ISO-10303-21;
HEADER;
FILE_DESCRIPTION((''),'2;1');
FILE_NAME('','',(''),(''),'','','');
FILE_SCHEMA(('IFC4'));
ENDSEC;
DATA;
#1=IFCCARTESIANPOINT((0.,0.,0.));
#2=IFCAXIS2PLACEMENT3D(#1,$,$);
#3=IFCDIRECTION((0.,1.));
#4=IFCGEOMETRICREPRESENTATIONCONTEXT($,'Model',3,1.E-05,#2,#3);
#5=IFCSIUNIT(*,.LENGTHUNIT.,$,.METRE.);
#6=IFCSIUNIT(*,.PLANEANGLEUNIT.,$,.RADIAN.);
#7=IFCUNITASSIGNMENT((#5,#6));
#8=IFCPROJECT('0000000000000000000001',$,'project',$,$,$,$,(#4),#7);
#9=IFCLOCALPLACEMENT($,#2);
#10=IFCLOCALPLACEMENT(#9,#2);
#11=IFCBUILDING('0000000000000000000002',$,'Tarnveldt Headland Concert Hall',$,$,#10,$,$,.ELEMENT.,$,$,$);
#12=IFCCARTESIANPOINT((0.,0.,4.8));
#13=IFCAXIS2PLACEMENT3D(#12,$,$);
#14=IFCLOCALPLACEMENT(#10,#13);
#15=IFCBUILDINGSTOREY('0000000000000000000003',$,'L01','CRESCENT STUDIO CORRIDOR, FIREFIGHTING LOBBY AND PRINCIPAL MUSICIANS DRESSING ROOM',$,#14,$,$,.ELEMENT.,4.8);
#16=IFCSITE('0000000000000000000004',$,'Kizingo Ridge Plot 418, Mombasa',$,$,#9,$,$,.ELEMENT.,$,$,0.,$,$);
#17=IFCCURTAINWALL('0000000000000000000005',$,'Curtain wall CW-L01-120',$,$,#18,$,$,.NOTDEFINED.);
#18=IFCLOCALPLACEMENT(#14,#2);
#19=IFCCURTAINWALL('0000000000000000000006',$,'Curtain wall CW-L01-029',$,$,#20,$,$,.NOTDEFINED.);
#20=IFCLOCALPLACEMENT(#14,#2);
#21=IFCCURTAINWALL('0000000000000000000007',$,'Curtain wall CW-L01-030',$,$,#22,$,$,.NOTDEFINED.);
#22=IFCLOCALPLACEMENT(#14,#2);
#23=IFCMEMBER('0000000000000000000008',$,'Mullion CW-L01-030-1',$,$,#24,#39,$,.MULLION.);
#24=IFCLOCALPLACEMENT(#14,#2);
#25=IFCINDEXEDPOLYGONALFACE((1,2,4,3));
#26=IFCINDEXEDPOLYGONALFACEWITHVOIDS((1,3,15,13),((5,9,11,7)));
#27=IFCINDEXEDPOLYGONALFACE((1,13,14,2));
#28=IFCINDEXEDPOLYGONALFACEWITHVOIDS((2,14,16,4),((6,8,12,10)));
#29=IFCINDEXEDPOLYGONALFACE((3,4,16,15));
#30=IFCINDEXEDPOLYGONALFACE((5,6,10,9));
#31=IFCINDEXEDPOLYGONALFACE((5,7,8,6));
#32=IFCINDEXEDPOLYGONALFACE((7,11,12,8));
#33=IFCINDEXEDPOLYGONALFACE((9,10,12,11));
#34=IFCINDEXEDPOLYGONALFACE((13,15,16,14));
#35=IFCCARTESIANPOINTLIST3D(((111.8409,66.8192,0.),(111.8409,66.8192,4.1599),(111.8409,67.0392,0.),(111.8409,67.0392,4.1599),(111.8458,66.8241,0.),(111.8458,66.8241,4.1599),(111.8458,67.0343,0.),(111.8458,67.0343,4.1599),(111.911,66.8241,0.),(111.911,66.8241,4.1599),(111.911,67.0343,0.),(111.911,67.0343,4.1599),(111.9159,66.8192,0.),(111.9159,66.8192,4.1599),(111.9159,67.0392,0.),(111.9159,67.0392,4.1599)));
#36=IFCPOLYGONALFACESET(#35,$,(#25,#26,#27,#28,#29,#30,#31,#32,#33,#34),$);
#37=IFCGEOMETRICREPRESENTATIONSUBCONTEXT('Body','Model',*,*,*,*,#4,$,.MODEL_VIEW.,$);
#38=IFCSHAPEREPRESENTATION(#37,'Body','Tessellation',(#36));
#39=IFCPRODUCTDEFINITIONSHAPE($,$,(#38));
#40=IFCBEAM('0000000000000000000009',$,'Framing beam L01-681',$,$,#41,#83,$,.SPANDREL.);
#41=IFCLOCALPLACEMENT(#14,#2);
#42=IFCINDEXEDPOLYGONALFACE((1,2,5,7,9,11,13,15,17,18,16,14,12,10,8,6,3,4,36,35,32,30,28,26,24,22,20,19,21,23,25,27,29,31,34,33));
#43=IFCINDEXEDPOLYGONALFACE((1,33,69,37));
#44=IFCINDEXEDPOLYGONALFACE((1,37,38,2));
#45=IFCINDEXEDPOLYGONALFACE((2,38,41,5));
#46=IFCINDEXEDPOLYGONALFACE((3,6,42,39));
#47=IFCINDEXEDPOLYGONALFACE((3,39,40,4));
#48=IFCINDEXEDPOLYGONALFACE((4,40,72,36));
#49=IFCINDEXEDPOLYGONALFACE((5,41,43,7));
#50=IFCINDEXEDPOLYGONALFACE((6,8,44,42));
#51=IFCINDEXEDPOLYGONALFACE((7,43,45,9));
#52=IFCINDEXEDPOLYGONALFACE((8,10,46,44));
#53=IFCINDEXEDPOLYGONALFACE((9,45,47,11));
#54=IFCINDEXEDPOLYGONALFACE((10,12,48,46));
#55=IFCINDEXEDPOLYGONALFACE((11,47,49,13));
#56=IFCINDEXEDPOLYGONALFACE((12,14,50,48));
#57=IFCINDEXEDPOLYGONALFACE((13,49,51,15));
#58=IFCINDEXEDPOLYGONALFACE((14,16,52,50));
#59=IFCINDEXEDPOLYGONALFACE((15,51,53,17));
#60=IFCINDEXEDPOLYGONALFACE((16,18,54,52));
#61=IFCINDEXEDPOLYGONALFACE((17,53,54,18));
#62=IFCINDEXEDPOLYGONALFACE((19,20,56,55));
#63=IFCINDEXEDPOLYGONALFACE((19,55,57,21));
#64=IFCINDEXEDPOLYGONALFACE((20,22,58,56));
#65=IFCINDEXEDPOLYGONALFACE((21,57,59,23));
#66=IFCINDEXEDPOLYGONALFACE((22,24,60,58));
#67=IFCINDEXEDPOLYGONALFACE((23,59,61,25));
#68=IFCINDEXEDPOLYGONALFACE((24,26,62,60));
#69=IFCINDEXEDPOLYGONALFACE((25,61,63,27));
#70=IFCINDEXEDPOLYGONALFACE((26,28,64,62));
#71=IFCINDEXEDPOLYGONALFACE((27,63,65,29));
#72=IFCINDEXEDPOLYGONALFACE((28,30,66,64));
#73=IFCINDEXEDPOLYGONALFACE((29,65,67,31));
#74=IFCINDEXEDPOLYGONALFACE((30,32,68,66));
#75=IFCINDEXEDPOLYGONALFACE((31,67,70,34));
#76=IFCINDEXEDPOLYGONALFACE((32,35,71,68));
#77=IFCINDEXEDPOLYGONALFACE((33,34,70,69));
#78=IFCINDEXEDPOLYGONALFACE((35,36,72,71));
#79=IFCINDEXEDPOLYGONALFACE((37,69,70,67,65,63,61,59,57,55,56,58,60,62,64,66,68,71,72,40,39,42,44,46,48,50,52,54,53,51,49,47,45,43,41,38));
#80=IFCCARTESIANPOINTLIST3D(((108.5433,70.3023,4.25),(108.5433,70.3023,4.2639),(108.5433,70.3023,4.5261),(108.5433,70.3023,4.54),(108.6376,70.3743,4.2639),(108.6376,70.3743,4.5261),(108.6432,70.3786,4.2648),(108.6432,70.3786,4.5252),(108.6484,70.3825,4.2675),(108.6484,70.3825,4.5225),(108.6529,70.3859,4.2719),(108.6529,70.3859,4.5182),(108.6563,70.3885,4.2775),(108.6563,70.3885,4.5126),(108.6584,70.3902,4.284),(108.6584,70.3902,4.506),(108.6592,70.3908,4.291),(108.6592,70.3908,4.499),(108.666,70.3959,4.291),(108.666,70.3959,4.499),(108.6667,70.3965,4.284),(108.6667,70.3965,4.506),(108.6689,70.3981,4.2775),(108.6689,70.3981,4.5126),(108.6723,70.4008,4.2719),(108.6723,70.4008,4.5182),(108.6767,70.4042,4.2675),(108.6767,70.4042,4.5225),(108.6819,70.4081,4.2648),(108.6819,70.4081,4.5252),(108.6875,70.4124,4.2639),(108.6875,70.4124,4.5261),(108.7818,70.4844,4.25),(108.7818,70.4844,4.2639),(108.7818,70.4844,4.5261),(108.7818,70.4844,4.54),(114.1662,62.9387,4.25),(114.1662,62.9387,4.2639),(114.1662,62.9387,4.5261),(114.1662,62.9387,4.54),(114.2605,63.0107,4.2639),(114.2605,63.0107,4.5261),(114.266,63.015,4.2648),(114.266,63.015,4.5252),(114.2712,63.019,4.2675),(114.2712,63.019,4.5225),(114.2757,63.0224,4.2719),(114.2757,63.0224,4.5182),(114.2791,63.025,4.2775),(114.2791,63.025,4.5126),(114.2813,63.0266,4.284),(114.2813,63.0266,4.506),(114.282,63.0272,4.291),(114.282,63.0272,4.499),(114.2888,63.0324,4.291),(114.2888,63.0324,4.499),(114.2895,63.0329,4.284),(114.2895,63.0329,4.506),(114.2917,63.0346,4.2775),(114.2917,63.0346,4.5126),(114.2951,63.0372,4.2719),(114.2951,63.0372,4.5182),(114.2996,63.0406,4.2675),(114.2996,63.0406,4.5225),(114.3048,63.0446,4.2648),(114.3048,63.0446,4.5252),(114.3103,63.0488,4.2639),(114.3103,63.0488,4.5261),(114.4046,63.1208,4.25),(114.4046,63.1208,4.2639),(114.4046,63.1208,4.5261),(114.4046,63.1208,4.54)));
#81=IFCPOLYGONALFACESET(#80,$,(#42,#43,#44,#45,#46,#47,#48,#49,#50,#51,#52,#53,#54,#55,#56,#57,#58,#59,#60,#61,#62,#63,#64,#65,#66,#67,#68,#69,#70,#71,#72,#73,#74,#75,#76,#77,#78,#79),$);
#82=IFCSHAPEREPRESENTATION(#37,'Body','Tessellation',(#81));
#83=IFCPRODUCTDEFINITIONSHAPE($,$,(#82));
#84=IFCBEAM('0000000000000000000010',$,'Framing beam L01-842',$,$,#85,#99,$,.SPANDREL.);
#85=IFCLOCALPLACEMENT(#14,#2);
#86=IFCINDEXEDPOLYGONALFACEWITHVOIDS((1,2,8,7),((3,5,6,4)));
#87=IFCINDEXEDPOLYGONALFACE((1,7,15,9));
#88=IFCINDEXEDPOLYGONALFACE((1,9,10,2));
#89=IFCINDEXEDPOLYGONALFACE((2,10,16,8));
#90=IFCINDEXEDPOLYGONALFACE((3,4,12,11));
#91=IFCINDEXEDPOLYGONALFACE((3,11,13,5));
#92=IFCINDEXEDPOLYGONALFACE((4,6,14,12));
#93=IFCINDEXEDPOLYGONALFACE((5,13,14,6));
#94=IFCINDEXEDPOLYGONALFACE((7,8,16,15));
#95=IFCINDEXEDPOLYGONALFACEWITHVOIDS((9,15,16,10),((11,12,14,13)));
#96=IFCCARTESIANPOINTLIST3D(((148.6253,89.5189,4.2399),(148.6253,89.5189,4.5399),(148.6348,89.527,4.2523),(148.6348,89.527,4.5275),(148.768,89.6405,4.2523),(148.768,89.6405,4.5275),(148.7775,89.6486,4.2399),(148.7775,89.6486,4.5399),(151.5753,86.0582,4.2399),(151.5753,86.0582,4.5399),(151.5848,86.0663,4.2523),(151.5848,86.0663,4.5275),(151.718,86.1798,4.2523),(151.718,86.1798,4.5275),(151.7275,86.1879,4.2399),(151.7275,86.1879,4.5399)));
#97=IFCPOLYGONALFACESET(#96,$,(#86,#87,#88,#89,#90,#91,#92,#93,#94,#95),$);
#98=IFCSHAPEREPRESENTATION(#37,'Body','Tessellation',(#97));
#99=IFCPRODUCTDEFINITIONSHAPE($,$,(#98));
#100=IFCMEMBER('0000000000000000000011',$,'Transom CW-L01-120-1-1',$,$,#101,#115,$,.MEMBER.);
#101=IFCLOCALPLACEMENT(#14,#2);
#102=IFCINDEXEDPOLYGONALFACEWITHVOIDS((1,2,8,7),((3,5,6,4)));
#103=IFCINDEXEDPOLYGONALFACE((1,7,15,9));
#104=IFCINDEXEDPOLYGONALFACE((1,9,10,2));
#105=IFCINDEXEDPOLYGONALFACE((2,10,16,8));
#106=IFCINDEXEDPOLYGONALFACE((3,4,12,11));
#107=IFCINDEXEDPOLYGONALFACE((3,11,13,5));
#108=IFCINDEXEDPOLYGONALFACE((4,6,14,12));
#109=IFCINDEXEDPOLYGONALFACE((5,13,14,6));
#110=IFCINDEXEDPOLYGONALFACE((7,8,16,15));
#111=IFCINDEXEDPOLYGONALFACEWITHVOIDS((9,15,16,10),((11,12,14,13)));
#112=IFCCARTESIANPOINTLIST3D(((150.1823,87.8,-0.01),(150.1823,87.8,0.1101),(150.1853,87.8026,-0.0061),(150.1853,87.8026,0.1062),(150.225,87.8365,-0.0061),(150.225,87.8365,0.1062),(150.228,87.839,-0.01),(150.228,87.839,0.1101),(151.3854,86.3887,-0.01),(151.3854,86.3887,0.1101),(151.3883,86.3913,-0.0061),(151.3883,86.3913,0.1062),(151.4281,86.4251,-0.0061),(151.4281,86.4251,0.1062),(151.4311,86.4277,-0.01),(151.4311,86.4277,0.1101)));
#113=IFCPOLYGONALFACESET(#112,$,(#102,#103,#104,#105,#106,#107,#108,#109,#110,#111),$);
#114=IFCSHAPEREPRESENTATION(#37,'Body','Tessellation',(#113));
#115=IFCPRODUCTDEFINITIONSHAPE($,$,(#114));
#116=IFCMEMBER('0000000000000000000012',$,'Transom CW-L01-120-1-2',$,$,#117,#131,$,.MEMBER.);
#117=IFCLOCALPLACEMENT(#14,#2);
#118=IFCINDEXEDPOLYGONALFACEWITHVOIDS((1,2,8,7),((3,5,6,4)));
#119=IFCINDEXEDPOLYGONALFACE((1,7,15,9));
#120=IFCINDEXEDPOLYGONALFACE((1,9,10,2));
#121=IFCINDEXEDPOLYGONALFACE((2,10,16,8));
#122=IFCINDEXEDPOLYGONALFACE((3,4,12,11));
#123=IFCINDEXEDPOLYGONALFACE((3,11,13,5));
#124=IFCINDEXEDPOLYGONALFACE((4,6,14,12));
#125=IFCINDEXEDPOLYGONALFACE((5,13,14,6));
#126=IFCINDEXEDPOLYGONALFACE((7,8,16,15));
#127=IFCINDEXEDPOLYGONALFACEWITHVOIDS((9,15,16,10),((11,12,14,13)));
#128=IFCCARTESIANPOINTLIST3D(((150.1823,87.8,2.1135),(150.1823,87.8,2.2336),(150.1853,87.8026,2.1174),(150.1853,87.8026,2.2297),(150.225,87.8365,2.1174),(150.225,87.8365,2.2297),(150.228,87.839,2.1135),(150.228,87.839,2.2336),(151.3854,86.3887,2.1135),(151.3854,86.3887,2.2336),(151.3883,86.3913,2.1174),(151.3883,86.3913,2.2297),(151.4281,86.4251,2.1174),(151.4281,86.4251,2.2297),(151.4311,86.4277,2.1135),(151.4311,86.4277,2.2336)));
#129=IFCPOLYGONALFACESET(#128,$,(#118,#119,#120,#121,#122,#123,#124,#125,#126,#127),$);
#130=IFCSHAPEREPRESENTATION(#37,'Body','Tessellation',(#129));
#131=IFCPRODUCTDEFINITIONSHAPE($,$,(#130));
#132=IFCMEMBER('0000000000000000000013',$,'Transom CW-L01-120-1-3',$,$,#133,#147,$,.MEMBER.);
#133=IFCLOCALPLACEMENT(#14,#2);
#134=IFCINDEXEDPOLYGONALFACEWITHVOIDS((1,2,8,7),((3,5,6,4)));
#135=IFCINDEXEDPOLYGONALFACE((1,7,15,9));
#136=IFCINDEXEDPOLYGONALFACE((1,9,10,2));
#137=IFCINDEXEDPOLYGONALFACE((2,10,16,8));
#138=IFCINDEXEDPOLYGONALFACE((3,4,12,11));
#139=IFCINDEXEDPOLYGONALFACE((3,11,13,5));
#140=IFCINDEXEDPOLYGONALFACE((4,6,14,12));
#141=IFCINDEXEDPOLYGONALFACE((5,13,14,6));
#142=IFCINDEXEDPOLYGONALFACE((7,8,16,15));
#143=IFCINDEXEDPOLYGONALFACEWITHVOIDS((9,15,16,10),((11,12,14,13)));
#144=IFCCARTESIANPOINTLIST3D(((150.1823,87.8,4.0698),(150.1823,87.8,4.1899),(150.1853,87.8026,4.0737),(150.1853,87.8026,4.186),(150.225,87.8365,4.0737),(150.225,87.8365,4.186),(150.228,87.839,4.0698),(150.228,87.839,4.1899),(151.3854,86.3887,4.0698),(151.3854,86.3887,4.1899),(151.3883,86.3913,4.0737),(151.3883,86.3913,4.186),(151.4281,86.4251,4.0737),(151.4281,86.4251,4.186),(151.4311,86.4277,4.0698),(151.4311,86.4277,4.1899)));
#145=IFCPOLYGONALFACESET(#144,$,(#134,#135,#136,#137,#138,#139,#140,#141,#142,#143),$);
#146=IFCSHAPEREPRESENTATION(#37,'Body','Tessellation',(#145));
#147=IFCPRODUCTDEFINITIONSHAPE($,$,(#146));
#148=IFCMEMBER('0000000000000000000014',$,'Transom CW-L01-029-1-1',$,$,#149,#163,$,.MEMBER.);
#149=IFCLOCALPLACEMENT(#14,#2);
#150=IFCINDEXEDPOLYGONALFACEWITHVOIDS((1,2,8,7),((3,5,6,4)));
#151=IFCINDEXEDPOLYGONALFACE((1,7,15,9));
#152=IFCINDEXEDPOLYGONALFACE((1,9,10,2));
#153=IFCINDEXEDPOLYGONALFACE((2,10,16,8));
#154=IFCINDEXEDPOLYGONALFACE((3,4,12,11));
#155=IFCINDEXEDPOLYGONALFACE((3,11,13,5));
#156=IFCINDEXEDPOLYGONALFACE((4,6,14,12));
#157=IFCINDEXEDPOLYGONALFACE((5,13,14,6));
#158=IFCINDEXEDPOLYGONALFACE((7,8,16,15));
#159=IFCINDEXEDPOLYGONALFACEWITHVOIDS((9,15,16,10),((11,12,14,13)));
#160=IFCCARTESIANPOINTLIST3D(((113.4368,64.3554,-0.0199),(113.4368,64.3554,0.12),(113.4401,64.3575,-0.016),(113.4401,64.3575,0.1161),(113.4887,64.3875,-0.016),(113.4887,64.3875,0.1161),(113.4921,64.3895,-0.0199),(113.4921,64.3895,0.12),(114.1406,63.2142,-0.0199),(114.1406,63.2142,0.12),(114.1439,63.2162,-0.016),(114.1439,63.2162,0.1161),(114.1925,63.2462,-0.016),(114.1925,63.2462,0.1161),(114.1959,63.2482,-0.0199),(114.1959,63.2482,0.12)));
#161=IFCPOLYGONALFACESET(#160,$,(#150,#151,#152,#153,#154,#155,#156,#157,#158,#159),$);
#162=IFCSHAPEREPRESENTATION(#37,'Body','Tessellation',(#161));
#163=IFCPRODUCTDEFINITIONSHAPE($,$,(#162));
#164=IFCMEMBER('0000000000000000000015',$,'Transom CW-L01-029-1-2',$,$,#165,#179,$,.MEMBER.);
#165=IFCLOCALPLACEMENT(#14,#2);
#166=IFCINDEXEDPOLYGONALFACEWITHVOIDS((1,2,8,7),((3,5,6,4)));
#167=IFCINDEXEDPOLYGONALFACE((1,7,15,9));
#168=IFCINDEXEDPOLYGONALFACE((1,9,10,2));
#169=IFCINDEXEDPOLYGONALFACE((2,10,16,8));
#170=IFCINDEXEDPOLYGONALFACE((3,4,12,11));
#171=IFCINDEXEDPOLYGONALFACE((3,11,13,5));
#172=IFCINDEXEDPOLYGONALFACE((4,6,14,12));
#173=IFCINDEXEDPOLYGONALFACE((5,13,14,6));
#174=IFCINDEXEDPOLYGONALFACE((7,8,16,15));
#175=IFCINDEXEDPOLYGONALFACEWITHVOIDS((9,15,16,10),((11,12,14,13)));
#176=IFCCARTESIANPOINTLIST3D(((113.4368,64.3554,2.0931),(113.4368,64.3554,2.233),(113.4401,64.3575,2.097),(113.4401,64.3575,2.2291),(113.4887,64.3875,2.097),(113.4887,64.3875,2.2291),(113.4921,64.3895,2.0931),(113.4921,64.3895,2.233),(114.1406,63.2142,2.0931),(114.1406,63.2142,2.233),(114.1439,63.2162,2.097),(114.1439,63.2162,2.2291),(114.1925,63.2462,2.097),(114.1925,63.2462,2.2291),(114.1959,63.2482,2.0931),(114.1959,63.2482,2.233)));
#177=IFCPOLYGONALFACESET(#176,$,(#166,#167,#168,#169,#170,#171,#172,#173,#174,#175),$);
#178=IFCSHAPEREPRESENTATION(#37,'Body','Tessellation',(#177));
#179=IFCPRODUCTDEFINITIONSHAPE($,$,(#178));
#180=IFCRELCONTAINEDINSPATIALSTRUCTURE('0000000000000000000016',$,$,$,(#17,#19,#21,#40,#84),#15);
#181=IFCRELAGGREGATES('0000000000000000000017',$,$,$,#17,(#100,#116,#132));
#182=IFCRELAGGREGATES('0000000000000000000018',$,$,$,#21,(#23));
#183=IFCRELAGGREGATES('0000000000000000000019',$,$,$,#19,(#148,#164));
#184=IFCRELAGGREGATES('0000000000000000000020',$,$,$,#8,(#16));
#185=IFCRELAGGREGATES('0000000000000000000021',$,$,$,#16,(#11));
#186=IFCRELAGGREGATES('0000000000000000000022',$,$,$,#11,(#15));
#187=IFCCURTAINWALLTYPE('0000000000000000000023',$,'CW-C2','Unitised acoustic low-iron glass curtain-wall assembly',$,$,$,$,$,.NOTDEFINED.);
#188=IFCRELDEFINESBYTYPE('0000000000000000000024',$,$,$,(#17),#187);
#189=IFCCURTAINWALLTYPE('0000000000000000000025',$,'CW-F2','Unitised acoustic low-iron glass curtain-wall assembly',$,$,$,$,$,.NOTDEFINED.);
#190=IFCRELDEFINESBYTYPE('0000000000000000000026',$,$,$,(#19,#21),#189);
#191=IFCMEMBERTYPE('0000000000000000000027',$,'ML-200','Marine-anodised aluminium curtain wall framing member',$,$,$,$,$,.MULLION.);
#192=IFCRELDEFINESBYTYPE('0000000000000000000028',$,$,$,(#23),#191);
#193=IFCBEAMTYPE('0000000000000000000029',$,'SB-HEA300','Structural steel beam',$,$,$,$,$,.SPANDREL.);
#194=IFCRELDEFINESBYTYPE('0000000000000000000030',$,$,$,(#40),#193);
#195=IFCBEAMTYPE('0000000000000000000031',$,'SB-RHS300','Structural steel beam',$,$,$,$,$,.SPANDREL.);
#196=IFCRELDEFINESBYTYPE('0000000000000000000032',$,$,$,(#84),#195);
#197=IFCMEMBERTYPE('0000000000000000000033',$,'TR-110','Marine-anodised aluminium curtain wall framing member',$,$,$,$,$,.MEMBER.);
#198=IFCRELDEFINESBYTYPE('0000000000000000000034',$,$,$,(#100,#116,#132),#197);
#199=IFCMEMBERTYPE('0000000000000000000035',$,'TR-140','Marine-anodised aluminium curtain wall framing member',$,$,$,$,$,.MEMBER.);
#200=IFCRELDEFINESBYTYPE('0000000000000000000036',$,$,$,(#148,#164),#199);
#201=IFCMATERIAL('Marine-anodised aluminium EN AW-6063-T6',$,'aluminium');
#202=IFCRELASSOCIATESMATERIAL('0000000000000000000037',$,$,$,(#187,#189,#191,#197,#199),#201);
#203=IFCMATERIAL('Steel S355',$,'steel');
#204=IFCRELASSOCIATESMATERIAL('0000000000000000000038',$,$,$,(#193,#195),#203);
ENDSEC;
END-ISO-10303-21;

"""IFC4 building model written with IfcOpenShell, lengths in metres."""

from ifc_helpers import new_model, si_unit, direction, frame, origin, origin_2d, place, context, subcontext, project, spatial, hollow_rectangle, i_section, extrude, material, material_profile, profile_set, type_object, element, aggregate, save


model = new_model("IFC4")

# Units and contexts
model_context = context("Model", 3, precision=1e-05, world=origin(), true_north=direction((0.0, 1.0)))
body_context = subcontext(model_context, "Body", "Model", "MODEL_VIEW")
ifc_project = project(units=[si_unit("LENGTHUNIT", "METRE"), si_unit("PLANEANGLEUNIT", "RADIAN")], contexts=[model_context])

# Site, building, storey
site_placement = place(None, origin())
site = spatial("IfcSite", under=ifc_project, at=site_placement, Name="Kizingo Ridge Plot 418, Mombasa", CompositionType="ELEMENT", RefElevation=0.0)
building_placement = place(site_placement, origin())
building = spatial("IfcBuilding", under=site, at=building_placement, Name="Tarnveldt Headland Concert Hall", CompositionType="ELEMENT")
storey_placement = place(building_placement, frame((0.0, 0.0, 4.8)))
storey = spatial("IfcBuildingStorey", under=building, at=storey_placement, Name="L01", Description="CRESCENT STUDIO CORRIDOR, FIREFIGHTING LOBBY AND PRINCIPAL MUSICIANS DRESSING ROOM", CompositionType="ELEMENT", Elevation=4.8)

# Shared definitions
ifc_material_1 = material(Name="Steel S355", Category="steel")

# Curtain wall
ifc_material_2 = material(Name="Marine-anodised aluminium EN AW-6063-T6", Category="aluminium")
curtain_wall_type_1 = type_object("IfcCurtainWallType", Name="CW-C2", Description="Unitised acoustic low-iron glass curtain-wall assembly", PredefinedType="NOTDEFINED", material=ifc_material_2)
curtain_wall_1_placement = place(storey_placement, origin())
curtain_wall_1 = element("IfcCurtainWall", 1, at=curtain_wall_1_placement, inside=storey, type_object=curtain_wall_type_1, Name="Curtain wall CW-L01-120", PredefinedType="NOTDEFINED")
curtain_wall_type_2 = type_object("IfcCurtainWallType", Name="CW-F2", Description="Unitised acoustic low-iron glass curtain-wall assembly", PredefinedType="NOTDEFINED", material=ifc_material_2)
ifc_material_profile_1 = material_profile(ifc_material_2, hollow_rectangle(XDim=0.075, YDim=0.22, WallThickness=0.0049, at=origin_2d()), Name="ALU MULLION 75x220x5", Category="aluminium")
ifc_profile_set_1 = profile_set([ifc_material_profile_1], Name="Marine-anodised aluminium EN AW-6063-T6")
member_type_1 = type_object("IfcMemberType", Name="ML-200", Description="Marine-anodised aluminium curtain wall framing member", PredefinedType="MULLION", material=ifc_profile_set_1)

# Curtain wall
curtain_wall_2_placement = place(storey_placement, origin())
curtain_wall_2 = element("IfcCurtainWall", 2, at=curtain_wall_2_placement, inside=storey, type_object=curtain_wall_type_2, Name="Curtain wall CW-L01-029", PredefinedType="NOTDEFINED")

# Curtain wall, member
curtain_wall_3_placement = place(storey_placement, origin())
curtain_wall_3 = element("IfcCurtainWall", 3, at=curtain_wall_3_placement, inside=storey, type_object=curtain_wall_type_2, Name="Curtain wall CW-L01-030", PredefinedType="NOTDEFINED")
member_1_placement = place(storey_placement, frame((111.8784, 66.9292, 0.0), z_axis=(0.0, 0.0, 1.0), x_axis=(1.0, 0.0, 0.0)))
member_1 = element("IfcMember", 4, at=member_1_placement, type_object=member_type_1, Name="Mullion CW-L01-030-1", PredefinedType="MULLION", context=body_context, shape_type="SweptSolid", body=[
    extrude(hollow_rectangle(XDim=0.075, YDim=0.22, WallThickness=0.0049, at=origin_2d()), origin(), (0.0, 0.0, 1.0), 4.1599),
])

# Beams
ifc_material_profile_2 = material_profile(ifc_material_1, i_section(OverallWidth=0.3, OverallDepth=0.29, WebThickness=0.0085, FlangeThickness=0.0139, FilletRadius=0.0271, at=origin_2d()), Name="HEA300", Category="steel")
ifc_profile_set_2 = profile_set([ifc_material_profile_2], Name="Steel S355")
beam_type_1 = type_object("IfcBeamType", Name="SB-HEA300", Description="Structural steel beam", PredefinedType="SPANDREL", material=ifc_profile_set_2)
beam_1_placement = place(storey_placement, frame((114.2854, 63.0298, 4.395), z_axis=(-0.606896, 0.794781, 0.0), x_axis=(-0.794781, -0.606896, 0.0)))
element("IfcBeam", 5, at=beam_1_placement, inside=storey, type_object=beam_type_1, Name="Framing beam L01-681", PredefinedType="SPANDREL", context=body_context, shape_type="SweptSolid", body=[
    extrude(i_section(OverallWidth=0.3, OverallDepth=0.29, WebThickness=0.0085, FlangeThickness=0.0139, FilletRadius=0.0271, at=origin_2d()), origin(), (0.0, 0.0, 1.0), 9.2649),
])
ifc_material_profile_3 = material_profile(ifc_material_1, hollow_rectangle(XDim=0.2, YDim=0.3, WallThickness=0.0125, at=origin_2d()), Name="RHS 300x200x12.5", Category="steel")
ifc_profile_set_3 = profile_set([ifc_material_profile_3], Name="Steel S355")
beam_type_2 = type_object("IfcBeamType", Name="SB-RHS300", Description="Structural steel beam", PredefinedType="SPANDREL", material=ifc_profile_set_3)
beam_2_placement = place(storey_placement, frame((151.6514, 86.123, 4.3899), z_axis=(-0.648715, 0.761031, 0.0), x_axis=(-0.761031, -0.648715, 0.0)))
element("IfcBeam", 6, at=beam_2_placement, inside=storey, type_object=beam_type_2, Name="Framing beam L01-842", PredefinedType="SPANDREL", context=body_context, shape_type="SweptSolid", body=[
    extrude(hollow_rectangle(XDim=0.2, YDim=0.3, WallThickness=0.0125, at=origin_2d()), origin(), (0.0, 0.0, 1.0), 4.5474),
])

# Members
ifc_material_profile_4 = material_profile(ifc_material_2, hollow_rectangle(XDim=0.0601, YDim=0.1201, WallThickness=0.0039, at=origin_2d()), Name="ALU TRANSOM 60x120x4", Category="aluminium")
ifc_profile_set_4 = profile_set([ifc_material_profile_4], Name="Marine-anodised aluminium EN AW-6063-T6")
member_type_2 = type_object("IfcMemberType", Name="TR-110", Description="Marine-anodised aluminium curtain wall framing member", PredefinedType="MEMBER", material=ifc_profile_set_4)
member_2_placement = place(storey_placement, frame((151.4082, 86.4082, 0.05), z_axis=(-0.648729, 0.761019, 0.0), x_axis=(-0.761019, -0.648729, 0.0)))
member_2 = element("IfcMember", 7, at=member_2_placement, type_object=member_type_2, Name="Transom CW-L01-120-1-1", PredefinedType="MEMBER", context=body_context, shape_type="SweptSolid", body=[
    extrude(hollow_rectangle(XDim=0.0601, YDim=0.1201, WallThickness=0.0039, at=origin_2d()), origin(), (0.0, 0.0, 1.0), 1.8545),
])
member_3_placement = place(storey_placement, frame((151.4082, 86.4082, 2.1736), z_axis=(-0.648729, 0.761019, 0.0), x_axis=(-0.761019, -0.648729, 0.0)))
member_3 = element("IfcMember", 8, at=member_3_placement, type_object=member_type_2, Name="Transom CW-L01-120-1-2", PredefinedType="MEMBER", context=body_context, shape_type="SweptSolid", body=[
    extrude(hollow_rectangle(XDim=0.0601, YDim=0.1201, WallThickness=0.0039, at=origin_2d()), origin(), (0.0, 0.0, 1.0), 1.8545),
])
member_4_placement = place(storey_placement, frame((151.4082, 86.4082, 4.1299), z_axis=(-0.648729, 0.761019, 0.0), x_axis=(-0.761019, -0.648729, 0.0)))
member_4 = element("IfcMember", 9, at=member_4_placement, type_object=member_type_2, Name="Transom CW-L01-120-1-3", PredefinedType="MEMBER", context=body_context, shape_type="SweptSolid", body=[
    extrude(hollow_rectangle(XDim=0.0601, YDim=0.1201, WallThickness=0.0039, at=origin_2d()), origin(), (0.0, 0.0, 1.0), 1.8545),
])
aggregate(curtain_wall_1, [member_2, member_3, member_4])
ifc_material_profile_5 = material_profile(ifc_material_2, hollow_rectangle(XDim=0.0649, YDim=0.1399, WallThickness=0.0039, at=origin_2d()), Name="ALU TRANSOM 65x140x4", Category="aluminium")
ifc_profile_set_5 = profile_set([ifc_material_profile_5], Name="Marine-anodised aluminium EN AW-6063-T6")
member_type_3 = type_object("IfcMemberType", Name="TR-140", Description="Marine-anodised aluminium curtain wall framing member", PredefinedType="MEMBER", material=ifc_profile_set_5)
member_5_placement = place(storey_placement, frame((114.1682, 63.2312, 0.05), z_axis=(-0.5249, 0.851164, 0.0), x_axis=(-0.851164, -0.5249, 0.0)))
member_5 = element("IfcMember", 10, at=member_5_placement, type_object=member_type_3, Name="Transom CW-L01-029-1-1", PredefinedType="MEMBER", context=body_context, shape_type="SweptSolid", body=[
    extrude(hollow_rectangle(XDim=0.0649, YDim=0.1399, WallThickness=0.0039, at=origin_2d()), origin(), (0.0, 0.0, 1.0), 1.3408),
])
member_6_placement = place(storey_placement, frame((114.1682, 63.2312, 2.1631), z_axis=(-0.5249, 0.851164, 0.0), x_axis=(-0.851164, -0.5249, 0.0)))
member_6 = element("IfcMember", 11, at=member_6_placement, type_object=member_type_3, Name="Transom CW-L01-029-1-2", PredefinedType="MEMBER", context=body_context, shape_type="SweptSolid", body=[
    extrude(hollow_rectangle(XDim=0.0649, YDim=0.1399, WallThickness=0.0039, at=origin_2d()), origin(), (0.0, 0.0, 1.0), 1.3408),
])
aggregate(curtain_wall_3, [member_1])

aggregate(curtain_wall_2, [member_5, member_6])

save(model, "model.ifc")
